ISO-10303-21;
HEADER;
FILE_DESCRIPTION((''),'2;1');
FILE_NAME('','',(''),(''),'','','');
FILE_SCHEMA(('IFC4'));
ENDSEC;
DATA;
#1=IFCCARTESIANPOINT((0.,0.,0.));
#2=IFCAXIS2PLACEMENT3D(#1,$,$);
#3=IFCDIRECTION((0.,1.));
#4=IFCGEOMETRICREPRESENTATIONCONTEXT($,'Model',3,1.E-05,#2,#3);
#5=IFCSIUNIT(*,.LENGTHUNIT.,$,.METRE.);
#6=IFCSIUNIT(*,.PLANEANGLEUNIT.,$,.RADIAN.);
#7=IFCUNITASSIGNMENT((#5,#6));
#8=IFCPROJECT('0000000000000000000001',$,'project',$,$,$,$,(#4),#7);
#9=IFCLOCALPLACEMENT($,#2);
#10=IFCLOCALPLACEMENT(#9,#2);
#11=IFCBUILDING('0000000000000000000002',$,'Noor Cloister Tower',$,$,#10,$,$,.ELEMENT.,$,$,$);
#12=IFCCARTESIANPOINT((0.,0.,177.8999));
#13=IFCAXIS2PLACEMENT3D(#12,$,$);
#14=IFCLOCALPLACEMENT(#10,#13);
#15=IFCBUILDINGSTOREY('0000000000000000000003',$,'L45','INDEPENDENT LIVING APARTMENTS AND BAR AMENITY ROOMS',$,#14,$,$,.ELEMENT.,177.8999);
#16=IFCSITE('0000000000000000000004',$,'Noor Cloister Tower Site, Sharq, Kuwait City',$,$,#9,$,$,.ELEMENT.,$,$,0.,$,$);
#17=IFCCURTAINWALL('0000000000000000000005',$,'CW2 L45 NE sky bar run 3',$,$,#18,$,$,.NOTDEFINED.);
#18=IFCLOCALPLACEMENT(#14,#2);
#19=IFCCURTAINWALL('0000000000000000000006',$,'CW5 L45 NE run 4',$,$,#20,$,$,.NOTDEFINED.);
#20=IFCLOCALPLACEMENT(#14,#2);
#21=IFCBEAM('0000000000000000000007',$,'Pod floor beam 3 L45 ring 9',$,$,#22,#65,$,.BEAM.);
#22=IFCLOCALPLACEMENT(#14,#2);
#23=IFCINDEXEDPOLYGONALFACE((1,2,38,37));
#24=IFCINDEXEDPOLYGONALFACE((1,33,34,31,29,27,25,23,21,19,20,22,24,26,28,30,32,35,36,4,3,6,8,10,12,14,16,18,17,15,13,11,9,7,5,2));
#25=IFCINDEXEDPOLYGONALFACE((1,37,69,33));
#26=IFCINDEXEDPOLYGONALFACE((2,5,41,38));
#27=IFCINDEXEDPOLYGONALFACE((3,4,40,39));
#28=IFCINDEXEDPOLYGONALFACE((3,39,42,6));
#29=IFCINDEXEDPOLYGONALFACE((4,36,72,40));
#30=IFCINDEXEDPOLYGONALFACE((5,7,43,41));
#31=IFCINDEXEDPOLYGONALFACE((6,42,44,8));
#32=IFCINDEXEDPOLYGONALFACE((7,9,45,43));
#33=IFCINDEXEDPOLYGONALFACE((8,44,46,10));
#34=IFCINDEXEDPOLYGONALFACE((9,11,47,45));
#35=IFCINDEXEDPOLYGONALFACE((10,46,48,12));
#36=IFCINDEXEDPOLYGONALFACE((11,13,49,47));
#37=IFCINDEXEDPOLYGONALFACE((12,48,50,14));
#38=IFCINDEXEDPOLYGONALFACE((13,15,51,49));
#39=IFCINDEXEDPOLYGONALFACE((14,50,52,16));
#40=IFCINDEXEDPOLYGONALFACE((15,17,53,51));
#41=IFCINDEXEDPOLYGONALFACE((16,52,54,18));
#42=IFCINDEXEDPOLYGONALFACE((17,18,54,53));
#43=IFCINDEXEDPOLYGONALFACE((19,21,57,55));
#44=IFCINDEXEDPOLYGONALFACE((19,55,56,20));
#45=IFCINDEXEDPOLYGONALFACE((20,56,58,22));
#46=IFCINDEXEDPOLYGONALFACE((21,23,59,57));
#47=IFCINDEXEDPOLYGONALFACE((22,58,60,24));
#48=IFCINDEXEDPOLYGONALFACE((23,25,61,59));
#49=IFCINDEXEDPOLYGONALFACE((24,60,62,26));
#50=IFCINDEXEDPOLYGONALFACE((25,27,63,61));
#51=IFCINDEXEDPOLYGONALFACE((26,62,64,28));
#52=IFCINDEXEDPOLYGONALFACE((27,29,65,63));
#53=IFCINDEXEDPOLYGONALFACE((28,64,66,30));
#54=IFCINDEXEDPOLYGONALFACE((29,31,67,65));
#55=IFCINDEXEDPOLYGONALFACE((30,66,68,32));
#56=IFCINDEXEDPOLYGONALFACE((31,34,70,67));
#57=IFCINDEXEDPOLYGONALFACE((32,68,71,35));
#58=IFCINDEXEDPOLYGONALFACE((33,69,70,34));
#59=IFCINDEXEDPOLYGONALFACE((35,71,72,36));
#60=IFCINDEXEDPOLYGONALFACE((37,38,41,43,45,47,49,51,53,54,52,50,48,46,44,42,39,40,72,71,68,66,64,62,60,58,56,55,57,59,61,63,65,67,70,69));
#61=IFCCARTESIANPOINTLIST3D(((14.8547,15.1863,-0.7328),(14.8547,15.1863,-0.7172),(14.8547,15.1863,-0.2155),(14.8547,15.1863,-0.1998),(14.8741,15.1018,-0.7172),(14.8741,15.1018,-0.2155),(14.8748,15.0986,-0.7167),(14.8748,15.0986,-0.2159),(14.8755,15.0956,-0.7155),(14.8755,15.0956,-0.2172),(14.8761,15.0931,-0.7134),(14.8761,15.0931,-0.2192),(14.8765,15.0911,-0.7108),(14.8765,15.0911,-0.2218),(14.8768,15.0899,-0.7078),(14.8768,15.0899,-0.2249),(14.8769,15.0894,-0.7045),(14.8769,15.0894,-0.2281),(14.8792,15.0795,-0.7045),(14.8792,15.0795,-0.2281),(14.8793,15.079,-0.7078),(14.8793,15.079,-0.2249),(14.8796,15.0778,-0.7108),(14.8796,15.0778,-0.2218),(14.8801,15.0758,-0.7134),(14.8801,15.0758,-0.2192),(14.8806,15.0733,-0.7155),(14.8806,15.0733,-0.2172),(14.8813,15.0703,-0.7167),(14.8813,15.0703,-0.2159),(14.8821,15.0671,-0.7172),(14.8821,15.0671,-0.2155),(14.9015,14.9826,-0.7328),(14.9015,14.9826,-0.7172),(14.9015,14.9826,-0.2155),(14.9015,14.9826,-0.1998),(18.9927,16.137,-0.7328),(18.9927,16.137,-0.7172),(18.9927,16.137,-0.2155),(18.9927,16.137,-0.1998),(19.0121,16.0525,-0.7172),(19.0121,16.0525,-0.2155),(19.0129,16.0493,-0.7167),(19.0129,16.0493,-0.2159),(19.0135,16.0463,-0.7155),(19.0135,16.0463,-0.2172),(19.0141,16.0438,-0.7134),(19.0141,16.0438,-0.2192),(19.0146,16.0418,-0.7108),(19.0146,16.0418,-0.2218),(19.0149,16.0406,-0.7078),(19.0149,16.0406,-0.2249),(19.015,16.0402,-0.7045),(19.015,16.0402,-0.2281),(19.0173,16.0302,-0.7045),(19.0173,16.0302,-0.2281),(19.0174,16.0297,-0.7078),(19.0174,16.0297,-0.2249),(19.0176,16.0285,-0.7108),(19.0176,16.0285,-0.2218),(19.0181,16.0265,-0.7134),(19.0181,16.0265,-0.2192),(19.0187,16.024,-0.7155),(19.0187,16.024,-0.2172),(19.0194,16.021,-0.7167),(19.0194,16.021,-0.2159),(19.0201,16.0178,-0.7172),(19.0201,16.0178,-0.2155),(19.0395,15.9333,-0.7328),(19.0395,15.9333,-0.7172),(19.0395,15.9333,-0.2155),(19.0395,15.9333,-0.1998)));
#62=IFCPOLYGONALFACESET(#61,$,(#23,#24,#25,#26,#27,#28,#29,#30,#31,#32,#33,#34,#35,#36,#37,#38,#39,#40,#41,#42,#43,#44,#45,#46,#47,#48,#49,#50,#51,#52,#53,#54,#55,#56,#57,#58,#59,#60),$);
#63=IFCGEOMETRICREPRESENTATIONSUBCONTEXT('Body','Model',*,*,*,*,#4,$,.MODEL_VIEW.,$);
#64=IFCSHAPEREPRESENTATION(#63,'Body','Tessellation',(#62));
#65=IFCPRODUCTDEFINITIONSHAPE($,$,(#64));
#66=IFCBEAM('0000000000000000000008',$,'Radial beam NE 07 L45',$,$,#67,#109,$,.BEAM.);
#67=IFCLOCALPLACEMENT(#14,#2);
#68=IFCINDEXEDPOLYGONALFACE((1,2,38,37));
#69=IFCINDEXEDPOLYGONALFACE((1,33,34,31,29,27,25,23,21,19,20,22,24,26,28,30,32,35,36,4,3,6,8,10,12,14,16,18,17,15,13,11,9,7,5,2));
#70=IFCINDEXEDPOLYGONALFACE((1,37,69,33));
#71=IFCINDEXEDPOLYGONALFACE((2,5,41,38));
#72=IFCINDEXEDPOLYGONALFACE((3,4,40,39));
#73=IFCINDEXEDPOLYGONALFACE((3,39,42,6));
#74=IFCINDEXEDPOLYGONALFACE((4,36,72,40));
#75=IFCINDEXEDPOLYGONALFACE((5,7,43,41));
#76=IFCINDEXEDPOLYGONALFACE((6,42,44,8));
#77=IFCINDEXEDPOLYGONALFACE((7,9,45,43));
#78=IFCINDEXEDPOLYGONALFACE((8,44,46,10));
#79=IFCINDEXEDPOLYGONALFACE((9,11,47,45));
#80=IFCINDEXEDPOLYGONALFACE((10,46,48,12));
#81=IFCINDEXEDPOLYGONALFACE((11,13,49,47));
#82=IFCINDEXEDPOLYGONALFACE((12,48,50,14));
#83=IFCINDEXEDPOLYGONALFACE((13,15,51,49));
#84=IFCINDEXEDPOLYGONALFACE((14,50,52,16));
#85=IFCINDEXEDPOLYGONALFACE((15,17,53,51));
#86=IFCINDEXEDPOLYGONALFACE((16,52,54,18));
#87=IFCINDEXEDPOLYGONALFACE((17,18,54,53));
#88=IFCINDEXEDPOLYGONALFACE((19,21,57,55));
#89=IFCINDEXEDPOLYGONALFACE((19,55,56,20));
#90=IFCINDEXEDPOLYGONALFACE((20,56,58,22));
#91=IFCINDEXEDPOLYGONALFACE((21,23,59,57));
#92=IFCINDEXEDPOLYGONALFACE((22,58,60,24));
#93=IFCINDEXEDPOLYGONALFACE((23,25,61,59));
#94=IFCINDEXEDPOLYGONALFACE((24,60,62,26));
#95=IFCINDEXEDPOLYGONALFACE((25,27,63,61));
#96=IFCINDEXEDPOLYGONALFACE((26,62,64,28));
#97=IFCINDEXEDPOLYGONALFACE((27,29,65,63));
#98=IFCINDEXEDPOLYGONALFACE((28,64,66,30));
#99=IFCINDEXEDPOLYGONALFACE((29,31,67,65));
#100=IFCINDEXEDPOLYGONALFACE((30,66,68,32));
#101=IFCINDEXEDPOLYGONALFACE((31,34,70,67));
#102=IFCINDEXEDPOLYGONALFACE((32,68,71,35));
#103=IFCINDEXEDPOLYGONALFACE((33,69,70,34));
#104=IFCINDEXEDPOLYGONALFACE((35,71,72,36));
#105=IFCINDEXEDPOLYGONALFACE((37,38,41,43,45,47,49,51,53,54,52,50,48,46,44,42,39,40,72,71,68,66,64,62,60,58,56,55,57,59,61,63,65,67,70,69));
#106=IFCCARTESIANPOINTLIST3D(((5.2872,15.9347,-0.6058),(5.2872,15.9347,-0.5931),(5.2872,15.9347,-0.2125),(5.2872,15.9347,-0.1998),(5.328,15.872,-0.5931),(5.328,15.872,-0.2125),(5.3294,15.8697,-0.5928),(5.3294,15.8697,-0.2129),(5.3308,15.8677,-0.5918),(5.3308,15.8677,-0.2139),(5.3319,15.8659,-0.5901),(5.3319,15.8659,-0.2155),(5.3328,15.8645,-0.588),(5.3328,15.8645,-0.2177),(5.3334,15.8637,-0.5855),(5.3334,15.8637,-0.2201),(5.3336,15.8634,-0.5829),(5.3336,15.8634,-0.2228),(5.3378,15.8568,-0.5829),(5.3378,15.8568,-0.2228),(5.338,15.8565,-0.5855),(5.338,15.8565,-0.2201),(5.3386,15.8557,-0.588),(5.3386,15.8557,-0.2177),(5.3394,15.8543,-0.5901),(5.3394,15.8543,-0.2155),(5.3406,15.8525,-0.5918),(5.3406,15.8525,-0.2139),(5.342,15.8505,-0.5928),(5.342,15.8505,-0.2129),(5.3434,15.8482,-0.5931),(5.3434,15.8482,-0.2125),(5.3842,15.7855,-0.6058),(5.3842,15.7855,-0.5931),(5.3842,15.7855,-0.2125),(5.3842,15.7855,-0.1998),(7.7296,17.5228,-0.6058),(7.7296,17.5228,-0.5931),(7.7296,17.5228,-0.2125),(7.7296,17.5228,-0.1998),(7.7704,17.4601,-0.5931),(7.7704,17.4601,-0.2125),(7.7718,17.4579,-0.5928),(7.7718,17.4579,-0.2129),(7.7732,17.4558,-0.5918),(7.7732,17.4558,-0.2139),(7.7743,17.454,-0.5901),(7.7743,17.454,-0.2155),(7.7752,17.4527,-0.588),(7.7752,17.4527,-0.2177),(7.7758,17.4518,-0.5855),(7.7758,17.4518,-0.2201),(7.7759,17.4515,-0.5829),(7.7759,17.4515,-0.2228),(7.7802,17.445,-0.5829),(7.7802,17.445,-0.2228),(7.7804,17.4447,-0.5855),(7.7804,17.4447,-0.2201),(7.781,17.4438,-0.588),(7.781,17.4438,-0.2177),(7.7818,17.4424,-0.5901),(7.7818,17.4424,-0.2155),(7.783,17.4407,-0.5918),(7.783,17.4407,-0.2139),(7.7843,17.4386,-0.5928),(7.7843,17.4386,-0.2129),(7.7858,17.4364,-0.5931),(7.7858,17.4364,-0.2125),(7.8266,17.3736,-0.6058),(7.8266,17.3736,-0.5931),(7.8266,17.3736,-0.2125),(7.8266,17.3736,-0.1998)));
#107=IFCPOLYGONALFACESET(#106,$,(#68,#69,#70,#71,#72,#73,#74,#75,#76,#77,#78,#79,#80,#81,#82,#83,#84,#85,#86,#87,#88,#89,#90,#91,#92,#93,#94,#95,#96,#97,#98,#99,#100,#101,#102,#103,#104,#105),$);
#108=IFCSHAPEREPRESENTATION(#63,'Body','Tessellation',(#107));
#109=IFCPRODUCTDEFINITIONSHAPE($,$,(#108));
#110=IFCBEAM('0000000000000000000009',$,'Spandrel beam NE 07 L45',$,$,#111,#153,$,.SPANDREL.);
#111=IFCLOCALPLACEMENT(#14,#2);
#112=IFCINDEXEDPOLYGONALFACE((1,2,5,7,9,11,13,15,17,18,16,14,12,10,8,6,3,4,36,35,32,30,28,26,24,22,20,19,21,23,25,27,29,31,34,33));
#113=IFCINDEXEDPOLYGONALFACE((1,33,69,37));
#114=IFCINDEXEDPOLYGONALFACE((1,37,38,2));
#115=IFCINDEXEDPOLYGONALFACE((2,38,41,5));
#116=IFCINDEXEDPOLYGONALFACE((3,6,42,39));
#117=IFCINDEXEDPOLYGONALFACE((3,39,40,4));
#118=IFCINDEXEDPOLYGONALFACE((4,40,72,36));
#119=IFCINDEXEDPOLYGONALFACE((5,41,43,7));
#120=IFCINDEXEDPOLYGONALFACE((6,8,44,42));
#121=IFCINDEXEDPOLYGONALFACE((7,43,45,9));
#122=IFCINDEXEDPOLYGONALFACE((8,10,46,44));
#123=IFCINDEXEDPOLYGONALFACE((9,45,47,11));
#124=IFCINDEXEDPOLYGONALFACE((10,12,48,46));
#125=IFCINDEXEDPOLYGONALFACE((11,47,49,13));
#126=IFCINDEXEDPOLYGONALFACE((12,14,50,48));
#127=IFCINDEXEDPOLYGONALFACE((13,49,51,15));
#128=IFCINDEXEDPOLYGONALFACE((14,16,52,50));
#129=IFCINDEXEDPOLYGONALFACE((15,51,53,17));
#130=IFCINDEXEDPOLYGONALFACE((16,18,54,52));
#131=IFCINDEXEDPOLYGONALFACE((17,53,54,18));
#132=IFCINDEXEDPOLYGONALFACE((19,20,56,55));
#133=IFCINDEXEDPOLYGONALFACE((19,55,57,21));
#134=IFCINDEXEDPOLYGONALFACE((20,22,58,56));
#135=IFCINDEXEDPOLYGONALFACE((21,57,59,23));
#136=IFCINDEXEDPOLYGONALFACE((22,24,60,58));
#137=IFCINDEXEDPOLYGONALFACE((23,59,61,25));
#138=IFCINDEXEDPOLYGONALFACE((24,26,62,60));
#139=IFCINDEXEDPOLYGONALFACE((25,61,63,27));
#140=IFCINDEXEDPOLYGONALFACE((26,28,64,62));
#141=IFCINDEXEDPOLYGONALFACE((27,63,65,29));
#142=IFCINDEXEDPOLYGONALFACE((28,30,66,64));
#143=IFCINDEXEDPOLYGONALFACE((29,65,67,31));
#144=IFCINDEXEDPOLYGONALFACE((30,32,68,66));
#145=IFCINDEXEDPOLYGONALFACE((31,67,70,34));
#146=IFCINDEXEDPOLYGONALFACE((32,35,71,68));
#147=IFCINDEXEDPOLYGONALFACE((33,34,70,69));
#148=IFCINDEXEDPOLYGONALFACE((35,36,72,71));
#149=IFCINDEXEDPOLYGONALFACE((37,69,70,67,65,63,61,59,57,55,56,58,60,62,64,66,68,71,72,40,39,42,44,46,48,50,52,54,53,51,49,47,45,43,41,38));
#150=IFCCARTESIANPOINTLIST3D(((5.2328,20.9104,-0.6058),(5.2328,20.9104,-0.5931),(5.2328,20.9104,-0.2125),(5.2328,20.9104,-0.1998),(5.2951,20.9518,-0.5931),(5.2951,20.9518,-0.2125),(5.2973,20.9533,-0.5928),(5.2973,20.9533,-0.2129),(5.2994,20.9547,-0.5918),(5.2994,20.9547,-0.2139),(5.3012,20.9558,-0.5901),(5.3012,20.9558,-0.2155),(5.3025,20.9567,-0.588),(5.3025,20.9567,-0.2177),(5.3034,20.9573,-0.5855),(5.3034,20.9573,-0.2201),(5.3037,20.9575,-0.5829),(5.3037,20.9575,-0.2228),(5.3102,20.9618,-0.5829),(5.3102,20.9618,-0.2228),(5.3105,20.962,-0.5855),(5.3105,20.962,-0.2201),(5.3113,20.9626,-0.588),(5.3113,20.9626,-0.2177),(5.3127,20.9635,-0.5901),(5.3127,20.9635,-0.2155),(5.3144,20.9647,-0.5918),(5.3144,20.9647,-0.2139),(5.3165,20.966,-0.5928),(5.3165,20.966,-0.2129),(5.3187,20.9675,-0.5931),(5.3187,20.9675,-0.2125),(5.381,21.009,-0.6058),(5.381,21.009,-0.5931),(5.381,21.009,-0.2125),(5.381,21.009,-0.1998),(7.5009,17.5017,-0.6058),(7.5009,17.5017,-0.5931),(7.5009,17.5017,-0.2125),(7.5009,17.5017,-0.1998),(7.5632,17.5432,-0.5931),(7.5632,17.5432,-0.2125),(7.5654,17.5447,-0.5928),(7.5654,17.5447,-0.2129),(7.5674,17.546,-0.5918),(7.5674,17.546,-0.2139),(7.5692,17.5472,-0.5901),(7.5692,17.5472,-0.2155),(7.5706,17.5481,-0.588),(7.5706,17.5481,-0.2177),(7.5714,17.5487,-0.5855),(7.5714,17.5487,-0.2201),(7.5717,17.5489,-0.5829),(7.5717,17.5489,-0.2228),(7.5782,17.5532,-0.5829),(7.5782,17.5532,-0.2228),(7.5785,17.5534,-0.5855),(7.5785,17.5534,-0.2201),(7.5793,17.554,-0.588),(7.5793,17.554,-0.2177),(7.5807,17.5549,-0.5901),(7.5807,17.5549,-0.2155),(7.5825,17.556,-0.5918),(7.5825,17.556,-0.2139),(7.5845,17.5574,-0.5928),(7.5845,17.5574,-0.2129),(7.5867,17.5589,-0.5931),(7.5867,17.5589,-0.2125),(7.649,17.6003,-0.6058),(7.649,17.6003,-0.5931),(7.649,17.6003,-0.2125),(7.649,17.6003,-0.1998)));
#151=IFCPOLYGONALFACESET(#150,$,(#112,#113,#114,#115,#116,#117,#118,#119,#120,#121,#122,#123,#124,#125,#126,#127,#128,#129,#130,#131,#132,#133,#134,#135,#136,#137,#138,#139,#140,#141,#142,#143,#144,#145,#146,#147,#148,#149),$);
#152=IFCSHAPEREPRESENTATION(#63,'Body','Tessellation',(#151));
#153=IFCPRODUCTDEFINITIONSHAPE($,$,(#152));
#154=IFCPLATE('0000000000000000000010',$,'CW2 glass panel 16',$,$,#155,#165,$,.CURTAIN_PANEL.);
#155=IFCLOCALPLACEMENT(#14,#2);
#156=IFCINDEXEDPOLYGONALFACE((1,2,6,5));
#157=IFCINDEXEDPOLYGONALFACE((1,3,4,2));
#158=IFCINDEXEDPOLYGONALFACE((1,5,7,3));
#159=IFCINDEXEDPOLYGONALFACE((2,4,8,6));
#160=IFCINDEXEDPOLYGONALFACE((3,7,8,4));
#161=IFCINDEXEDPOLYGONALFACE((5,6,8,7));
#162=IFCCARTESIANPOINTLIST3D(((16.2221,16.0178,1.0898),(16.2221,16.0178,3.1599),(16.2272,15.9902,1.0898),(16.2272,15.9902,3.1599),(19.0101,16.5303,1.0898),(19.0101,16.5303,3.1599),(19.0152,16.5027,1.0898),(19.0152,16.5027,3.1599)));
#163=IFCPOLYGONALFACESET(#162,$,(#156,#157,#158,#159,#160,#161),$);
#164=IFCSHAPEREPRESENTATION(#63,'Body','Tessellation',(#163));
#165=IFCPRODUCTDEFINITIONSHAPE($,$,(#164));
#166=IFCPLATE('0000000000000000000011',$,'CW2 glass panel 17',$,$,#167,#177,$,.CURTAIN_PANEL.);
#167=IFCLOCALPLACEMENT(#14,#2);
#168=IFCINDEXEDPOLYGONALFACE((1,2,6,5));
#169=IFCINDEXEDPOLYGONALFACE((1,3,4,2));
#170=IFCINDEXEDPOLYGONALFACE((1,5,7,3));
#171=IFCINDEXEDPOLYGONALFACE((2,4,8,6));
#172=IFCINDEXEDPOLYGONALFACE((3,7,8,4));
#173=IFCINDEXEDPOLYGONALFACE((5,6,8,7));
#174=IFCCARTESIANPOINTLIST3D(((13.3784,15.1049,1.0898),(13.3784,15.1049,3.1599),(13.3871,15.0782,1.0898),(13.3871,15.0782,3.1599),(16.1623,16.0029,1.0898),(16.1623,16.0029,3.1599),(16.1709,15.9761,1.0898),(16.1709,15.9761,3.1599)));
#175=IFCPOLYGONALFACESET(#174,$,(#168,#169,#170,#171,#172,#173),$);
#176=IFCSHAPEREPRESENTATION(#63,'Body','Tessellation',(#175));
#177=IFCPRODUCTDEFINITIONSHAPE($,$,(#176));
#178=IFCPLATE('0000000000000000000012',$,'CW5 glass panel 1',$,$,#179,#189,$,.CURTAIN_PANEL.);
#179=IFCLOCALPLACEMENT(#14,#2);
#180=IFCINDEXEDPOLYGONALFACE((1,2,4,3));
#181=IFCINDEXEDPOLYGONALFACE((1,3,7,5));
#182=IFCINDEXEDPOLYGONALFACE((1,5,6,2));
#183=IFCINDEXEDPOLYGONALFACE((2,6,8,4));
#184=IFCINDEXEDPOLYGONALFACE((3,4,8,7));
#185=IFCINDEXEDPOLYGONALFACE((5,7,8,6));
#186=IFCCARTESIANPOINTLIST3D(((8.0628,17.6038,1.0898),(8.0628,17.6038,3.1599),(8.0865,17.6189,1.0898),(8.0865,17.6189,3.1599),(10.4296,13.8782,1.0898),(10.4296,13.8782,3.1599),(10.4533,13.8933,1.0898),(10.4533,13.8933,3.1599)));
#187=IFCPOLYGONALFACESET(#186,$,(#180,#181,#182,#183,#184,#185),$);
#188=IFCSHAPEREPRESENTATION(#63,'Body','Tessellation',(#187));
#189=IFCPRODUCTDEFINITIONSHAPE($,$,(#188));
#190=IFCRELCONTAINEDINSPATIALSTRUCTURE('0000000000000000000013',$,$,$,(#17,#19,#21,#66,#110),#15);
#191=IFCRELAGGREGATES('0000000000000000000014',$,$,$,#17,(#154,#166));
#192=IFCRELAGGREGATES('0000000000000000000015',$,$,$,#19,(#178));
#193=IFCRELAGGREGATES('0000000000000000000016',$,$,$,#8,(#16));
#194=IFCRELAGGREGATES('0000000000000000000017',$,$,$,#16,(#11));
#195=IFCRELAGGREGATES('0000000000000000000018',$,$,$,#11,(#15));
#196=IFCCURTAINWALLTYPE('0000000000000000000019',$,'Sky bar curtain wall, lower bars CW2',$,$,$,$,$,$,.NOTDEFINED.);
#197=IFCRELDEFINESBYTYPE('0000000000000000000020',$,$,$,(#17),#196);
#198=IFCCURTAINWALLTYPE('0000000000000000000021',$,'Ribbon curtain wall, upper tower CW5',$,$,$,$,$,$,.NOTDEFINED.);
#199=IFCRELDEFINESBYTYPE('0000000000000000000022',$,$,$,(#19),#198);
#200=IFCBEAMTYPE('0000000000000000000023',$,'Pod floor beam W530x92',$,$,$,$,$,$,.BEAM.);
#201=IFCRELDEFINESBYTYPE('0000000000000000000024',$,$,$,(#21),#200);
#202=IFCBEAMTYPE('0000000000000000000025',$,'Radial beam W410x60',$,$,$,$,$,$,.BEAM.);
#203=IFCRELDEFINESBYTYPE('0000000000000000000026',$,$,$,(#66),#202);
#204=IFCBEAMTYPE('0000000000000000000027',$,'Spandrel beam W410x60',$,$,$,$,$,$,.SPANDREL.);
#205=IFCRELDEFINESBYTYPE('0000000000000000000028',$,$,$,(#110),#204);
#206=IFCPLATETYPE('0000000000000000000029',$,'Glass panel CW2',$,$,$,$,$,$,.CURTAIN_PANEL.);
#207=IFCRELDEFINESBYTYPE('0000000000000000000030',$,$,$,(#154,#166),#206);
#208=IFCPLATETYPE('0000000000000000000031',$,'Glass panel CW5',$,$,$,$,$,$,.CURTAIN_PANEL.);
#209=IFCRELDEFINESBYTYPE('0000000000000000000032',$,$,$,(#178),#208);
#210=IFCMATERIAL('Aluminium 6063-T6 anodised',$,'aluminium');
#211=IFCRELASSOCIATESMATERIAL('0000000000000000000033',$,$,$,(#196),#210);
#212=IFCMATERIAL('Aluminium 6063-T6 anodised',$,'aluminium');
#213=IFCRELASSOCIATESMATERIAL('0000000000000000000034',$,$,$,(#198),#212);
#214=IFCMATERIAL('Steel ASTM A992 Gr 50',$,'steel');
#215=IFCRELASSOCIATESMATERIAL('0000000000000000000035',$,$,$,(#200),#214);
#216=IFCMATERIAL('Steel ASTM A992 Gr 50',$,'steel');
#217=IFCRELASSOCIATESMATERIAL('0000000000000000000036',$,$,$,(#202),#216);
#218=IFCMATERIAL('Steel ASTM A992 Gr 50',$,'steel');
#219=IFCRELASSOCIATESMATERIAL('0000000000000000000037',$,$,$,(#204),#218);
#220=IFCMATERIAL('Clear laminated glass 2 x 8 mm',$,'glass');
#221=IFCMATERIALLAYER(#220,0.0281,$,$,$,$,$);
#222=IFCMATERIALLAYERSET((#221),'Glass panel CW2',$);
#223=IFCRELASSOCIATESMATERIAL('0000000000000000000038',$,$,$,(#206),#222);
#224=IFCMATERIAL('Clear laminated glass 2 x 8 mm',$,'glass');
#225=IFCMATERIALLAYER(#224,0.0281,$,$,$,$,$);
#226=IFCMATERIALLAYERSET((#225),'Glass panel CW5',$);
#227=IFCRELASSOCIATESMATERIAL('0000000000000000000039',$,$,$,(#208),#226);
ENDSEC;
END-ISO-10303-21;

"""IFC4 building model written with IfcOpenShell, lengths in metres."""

from ifc_helpers import new_model, si_unit, direction, frame, origin, origin_2d, place, context, subcontext, project, spatial, rectangle, i_section, extrude, material, layer, layer_set, material_profile, profile_set, type_object, element, aggregate, save


model = new_model("IFC4")

# Units and contexts
model_context = context("Model", 3, precision=1e-05, world=origin(), true_north=direction((0.0, 1.0)))
body_context = subcontext(model_context, "Body", "Model", "MODEL_VIEW")
ifc_project = project(units=[si_unit("LENGTHUNIT", "METRE"), si_unit("PLANEANGLEUNIT", "RADIAN")], contexts=[model_context])

# Site, building, storey
site_placement = place(None, origin())
site = spatial("IfcSite", under=ifc_project, at=site_placement, Name="Noor Cloister Tower Site, Sharq, Kuwait City", CompositionType="ELEMENT", RefElevation=0.0)
building_placement = place(site_placement, origin())
building = spatial("IfcBuilding", under=site, at=building_placement, Name="Noor Cloister Tower", CompositionType="ELEMENT")
storey_placement = place(building_placement, frame((0.0, 0.0, 177.8999)))
storey = spatial("IfcBuildingStorey", under=building, at=storey_placement, Name="L45", Description="INDEPENDENT LIVING APARTMENTS AND BAR AMENITY ROOMS", CompositionType="ELEMENT", Elevation=177.8999)

# Curtain walls
ifc_material_1 = material(Name="Aluminium 6063-T6 anodised", Category="aluminium")
curtain_wall_type_1 = type_object("IfcCurtainWallType", Name="Sky bar curtain wall, lower bars CW2", PredefinedType="NOTDEFINED", material=ifc_material_1)
curtain_wall_1_placement = place(storey_placement, origin())
curtain_wall_1 = element("IfcCurtainWall", 1, at=curtain_wall_1_placement, inside=storey, type_object=curtain_wall_type_1, Name="CW2 L45 NE sky bar run 3", PredefinedType="NOTDEFINED")
ifc_material_2 = material(Name="Aluminium 6063-T6 anodised", Category="aluminium")
curtain_wall_type_2 = type_object("IfcCurtainWallType", Name="Ribbon curtain wall, upper tower CW5", PredefinedType="NOTDEFINED", material=ifc_material_2)
curtain_wall_2_placement = place(storey_placement, origin())
curtain_wall_2 = element("IfcCurtainWall", 2, at=curtain_wall_2_placement, inside=storey, type_object=curtain_wall_type_2, Name="CW5 L45 NE run 4", PredefinedType="NOTDEFINED")

# Beams
ifc_material_3 = material(Name="Steel ASTM A992 Gr 50", Category="steel")
ifc_material_profile_1 = material_profile(ifc_material_3, i_section(OverallWidth=0.209, OverallDepth=0.533, WebThickness=0.0103, FlangeThickness=0.0156, FilletRadius=0.0127, at=origin_2d()), Name="W530x92")
ifc_profile_set_1 = profile_set([ifc_material_profile_1], Name="Steel ASTM A992 Gr 50")
beam_type_1 = type_object("IfcBeamType", Name="Pod floor beam W530x92", PredefinedType="BEAM", material=ifc_profile_set_1)
beam_1_placement = place(storey_placement, frame((19.0161, 16.0352, -0.4663), z_axis=(-0.974609, -0.223914, 0.0), x_axis=(0.223914, -0.974609, 0.0)))
element("IfcBeam", 3, at=beam_1_placement, inside=storey, type_object=beam_type_1, Name="Pod floor beam 3 L45 ring 9", PredefinedType="BEAM", context=body_context, shape_type="SweptSolid", body=[
    extrude(i_section(OverallWidth=0.209, OverallDepth=0.533, WebThickness=0.0103, FlangeThickness=0.0156, FilletRadius=0.0127, at=origin_2d()), origin(), (0.0, 0.0, 1.0), 4.2458),
])
ifc_material_4 = material(Name="Steel ASTM A992 Gr 50", Category="steel")
ifc_material_profile_2 = material_profile(ifc_material_4, i_section(OverallWidth=0.178, OverallDepth=0.406, WebThickness=0.0078, FlangeThickness=0.0127, FilletRadius=0.0103, at=origin_2d()), Name="W410x60")
ifc_profile_set_2 = profile_set([ifc_material_profile_2], Name="Steel ASTM A992 Gr 50")
beam_type_2 = type_object("IfcBeamType", Name="Radial beam W410x60", PredefinedType="BEAM", material=ifc_profile_set_2)
beam_2_placement = place(storey_placement, frame((7.7781, 17.4482, -0.4028), z_axis=(-0.838352, -0.54513, 0.0), x_axis=(0.54513, -0.838352, 0.0)))
element("IfcBeam", 4, at=beam_2_placement, inside=storey, type_object=beam_type_2, Name="Radial beam NE 07 L45", PredefinedType="BEAM", context=body_context, shape_type="SweptSolid", body=[
    extrude(i_section(OverallWidth=0.178, OverallDepth=0.406, WebThickness=0.0078, FlangeThickness=0.0127, FilletRadius=0.0103, at=origin_2d()), origin(), (0.0, 0.0, 1.0), 2.9133),
])
ifc_material_5 = material(Name="Steel ASTM A992 Gr 50", Category="steel")
ifc_material_profile_3 = material_profile(ifc_material_5, i_section(OverallWidth=0.178, OverallDepth=0.406, WebThickness=0.0078, FlangeThickness=0.0127, FilletRadius=0.0103, at=origin_2d()), Name="W410x60")
ifc_profile_set_3 = profile_set([ifc_material_profile_3], Name="Steel ASTM A992 Gr 50")
beam_type_3 = type_object("IfcBeamType", Name="Spandrel beam W410x60", PredefinedType="SPANDREL", material=ifc_profile_set_3)
beam_3_placement = place(storey_placement, frame((7.575, 17.551, -0.4028), z_axis=(-0.553957, 0.832545, 0.0), x_axis=(-0.832545, -0.553957, 0.0)))
element("IfcBeam", 5, at=beam_3_placement, inside=storey, type_object=beam_type_3, Name="Spandrel beam NE 07 L45", PredefinedType="SPANDREL", context=body_context, shape_type="SweptSolid", body=[
    extrude(i_section(OverallWidth=0.178, OverallDepth=0.406, WebThickness=0.0078, FlangeThickness=0.0127, FilletRadius=0.0103, at=origin_2d()), origin(), (0.0, 0.0, 1.0), 4.0942),
])

# Plates
ifc_material_6 = material(Name="Clear laminated glass 2 x 8 mm", Category="glass")
ifc_layer_1 = layer(ifc_material_6, 0.0281)
ifc_layer_set_1 = layer_set([ifc_layer_1], Name="Glass panel CW2")
plate_type_1 = type_object("IfcPlateType", Name="Glass panel CW2", PredefinedType="CURTAIN_PANEL", material=ifc_layer_set_1)
plate_1_placement = place(storey_placement, frame((17.6187, 16.2603, 1.0898), z_axis=(0.0, 0.0, 1.0), x_axis=(-0.983519, -0.180802, 0.0)))
plate_1 = element("IfcPlate", 6, at=plate_1_placement, type_object=plate_type_1, Name="CW2 glass panel 16", PredefinedType="CURTAIN_PANEL", context=body_context, shape_type="SweptSolid", body=[
    extrude(rectangle(XDim=2.8347, YDim=0.0281, at=origin_2d()), origin(), (0.0, 0.0, 1.0), 2.0701),
])
plate_2_placement = place(storey_placement, frame((14.7747, 15.5405, 1.0898), z_axis=(0.0, 0.0, 1.0), x_axis=(-0.951715, -0.306983, 0.0)))
plate_2 = element("IfcPlate", 7, at=plate_2_placement, type_object=plate_type_1, Name="CW2 glass panel 17", PredefinedType="CURTAIN_PANEL", context=body_context, shape_type="SweptSolid", body=[
    extrude(rectangle(XDim=2.925, YDim=0.0281, at=origin_2d()), origin(), (0.0, 0.0, 1.0), 2.0701),
])
aggregate(curtain_wall_1, [plate_1, plate_2])
ifc_material_7 = material(Name="Clear laminated glass 2 x 8 mm", Category="glass")
ifc_layer_2 = layer(ifc_material_7, 0.0281)
ifc_layer_set_2 = layer_set([ifc_layer_2], Name="Glass panel CW5")
plate_type_2 = type_object("IfcPlateType", Name="Glass panel CW5", PredefinedType="CURTAIN_PANEL", material=ifc_layer_set_2)
plate_3_placement = place(storey_placement, frame((9.2581, 15.7485, 1.0898), z_axis=(0.0, 0.0, 1.0), x_axis=(-0.536228, 0.844073, 0.0)))
plate_3 = element("IfcPlate", 8, at=plate_3_placement, type_object=plate_type_2, Name="CW5 glass panel 1", PredefinedType="CURTAIN_PANEL", context=body_context, shape_type="SweptSolid", body=[
    extrude(rectangle(XDim=4.4138, YDim=0.0281, at=origin_2d()), origin(), (0.0, 0.0, 1.0), 2.0701),
])
aggregate(curtain_wall_2, [plate_3])

save(model, "model.ifc")
